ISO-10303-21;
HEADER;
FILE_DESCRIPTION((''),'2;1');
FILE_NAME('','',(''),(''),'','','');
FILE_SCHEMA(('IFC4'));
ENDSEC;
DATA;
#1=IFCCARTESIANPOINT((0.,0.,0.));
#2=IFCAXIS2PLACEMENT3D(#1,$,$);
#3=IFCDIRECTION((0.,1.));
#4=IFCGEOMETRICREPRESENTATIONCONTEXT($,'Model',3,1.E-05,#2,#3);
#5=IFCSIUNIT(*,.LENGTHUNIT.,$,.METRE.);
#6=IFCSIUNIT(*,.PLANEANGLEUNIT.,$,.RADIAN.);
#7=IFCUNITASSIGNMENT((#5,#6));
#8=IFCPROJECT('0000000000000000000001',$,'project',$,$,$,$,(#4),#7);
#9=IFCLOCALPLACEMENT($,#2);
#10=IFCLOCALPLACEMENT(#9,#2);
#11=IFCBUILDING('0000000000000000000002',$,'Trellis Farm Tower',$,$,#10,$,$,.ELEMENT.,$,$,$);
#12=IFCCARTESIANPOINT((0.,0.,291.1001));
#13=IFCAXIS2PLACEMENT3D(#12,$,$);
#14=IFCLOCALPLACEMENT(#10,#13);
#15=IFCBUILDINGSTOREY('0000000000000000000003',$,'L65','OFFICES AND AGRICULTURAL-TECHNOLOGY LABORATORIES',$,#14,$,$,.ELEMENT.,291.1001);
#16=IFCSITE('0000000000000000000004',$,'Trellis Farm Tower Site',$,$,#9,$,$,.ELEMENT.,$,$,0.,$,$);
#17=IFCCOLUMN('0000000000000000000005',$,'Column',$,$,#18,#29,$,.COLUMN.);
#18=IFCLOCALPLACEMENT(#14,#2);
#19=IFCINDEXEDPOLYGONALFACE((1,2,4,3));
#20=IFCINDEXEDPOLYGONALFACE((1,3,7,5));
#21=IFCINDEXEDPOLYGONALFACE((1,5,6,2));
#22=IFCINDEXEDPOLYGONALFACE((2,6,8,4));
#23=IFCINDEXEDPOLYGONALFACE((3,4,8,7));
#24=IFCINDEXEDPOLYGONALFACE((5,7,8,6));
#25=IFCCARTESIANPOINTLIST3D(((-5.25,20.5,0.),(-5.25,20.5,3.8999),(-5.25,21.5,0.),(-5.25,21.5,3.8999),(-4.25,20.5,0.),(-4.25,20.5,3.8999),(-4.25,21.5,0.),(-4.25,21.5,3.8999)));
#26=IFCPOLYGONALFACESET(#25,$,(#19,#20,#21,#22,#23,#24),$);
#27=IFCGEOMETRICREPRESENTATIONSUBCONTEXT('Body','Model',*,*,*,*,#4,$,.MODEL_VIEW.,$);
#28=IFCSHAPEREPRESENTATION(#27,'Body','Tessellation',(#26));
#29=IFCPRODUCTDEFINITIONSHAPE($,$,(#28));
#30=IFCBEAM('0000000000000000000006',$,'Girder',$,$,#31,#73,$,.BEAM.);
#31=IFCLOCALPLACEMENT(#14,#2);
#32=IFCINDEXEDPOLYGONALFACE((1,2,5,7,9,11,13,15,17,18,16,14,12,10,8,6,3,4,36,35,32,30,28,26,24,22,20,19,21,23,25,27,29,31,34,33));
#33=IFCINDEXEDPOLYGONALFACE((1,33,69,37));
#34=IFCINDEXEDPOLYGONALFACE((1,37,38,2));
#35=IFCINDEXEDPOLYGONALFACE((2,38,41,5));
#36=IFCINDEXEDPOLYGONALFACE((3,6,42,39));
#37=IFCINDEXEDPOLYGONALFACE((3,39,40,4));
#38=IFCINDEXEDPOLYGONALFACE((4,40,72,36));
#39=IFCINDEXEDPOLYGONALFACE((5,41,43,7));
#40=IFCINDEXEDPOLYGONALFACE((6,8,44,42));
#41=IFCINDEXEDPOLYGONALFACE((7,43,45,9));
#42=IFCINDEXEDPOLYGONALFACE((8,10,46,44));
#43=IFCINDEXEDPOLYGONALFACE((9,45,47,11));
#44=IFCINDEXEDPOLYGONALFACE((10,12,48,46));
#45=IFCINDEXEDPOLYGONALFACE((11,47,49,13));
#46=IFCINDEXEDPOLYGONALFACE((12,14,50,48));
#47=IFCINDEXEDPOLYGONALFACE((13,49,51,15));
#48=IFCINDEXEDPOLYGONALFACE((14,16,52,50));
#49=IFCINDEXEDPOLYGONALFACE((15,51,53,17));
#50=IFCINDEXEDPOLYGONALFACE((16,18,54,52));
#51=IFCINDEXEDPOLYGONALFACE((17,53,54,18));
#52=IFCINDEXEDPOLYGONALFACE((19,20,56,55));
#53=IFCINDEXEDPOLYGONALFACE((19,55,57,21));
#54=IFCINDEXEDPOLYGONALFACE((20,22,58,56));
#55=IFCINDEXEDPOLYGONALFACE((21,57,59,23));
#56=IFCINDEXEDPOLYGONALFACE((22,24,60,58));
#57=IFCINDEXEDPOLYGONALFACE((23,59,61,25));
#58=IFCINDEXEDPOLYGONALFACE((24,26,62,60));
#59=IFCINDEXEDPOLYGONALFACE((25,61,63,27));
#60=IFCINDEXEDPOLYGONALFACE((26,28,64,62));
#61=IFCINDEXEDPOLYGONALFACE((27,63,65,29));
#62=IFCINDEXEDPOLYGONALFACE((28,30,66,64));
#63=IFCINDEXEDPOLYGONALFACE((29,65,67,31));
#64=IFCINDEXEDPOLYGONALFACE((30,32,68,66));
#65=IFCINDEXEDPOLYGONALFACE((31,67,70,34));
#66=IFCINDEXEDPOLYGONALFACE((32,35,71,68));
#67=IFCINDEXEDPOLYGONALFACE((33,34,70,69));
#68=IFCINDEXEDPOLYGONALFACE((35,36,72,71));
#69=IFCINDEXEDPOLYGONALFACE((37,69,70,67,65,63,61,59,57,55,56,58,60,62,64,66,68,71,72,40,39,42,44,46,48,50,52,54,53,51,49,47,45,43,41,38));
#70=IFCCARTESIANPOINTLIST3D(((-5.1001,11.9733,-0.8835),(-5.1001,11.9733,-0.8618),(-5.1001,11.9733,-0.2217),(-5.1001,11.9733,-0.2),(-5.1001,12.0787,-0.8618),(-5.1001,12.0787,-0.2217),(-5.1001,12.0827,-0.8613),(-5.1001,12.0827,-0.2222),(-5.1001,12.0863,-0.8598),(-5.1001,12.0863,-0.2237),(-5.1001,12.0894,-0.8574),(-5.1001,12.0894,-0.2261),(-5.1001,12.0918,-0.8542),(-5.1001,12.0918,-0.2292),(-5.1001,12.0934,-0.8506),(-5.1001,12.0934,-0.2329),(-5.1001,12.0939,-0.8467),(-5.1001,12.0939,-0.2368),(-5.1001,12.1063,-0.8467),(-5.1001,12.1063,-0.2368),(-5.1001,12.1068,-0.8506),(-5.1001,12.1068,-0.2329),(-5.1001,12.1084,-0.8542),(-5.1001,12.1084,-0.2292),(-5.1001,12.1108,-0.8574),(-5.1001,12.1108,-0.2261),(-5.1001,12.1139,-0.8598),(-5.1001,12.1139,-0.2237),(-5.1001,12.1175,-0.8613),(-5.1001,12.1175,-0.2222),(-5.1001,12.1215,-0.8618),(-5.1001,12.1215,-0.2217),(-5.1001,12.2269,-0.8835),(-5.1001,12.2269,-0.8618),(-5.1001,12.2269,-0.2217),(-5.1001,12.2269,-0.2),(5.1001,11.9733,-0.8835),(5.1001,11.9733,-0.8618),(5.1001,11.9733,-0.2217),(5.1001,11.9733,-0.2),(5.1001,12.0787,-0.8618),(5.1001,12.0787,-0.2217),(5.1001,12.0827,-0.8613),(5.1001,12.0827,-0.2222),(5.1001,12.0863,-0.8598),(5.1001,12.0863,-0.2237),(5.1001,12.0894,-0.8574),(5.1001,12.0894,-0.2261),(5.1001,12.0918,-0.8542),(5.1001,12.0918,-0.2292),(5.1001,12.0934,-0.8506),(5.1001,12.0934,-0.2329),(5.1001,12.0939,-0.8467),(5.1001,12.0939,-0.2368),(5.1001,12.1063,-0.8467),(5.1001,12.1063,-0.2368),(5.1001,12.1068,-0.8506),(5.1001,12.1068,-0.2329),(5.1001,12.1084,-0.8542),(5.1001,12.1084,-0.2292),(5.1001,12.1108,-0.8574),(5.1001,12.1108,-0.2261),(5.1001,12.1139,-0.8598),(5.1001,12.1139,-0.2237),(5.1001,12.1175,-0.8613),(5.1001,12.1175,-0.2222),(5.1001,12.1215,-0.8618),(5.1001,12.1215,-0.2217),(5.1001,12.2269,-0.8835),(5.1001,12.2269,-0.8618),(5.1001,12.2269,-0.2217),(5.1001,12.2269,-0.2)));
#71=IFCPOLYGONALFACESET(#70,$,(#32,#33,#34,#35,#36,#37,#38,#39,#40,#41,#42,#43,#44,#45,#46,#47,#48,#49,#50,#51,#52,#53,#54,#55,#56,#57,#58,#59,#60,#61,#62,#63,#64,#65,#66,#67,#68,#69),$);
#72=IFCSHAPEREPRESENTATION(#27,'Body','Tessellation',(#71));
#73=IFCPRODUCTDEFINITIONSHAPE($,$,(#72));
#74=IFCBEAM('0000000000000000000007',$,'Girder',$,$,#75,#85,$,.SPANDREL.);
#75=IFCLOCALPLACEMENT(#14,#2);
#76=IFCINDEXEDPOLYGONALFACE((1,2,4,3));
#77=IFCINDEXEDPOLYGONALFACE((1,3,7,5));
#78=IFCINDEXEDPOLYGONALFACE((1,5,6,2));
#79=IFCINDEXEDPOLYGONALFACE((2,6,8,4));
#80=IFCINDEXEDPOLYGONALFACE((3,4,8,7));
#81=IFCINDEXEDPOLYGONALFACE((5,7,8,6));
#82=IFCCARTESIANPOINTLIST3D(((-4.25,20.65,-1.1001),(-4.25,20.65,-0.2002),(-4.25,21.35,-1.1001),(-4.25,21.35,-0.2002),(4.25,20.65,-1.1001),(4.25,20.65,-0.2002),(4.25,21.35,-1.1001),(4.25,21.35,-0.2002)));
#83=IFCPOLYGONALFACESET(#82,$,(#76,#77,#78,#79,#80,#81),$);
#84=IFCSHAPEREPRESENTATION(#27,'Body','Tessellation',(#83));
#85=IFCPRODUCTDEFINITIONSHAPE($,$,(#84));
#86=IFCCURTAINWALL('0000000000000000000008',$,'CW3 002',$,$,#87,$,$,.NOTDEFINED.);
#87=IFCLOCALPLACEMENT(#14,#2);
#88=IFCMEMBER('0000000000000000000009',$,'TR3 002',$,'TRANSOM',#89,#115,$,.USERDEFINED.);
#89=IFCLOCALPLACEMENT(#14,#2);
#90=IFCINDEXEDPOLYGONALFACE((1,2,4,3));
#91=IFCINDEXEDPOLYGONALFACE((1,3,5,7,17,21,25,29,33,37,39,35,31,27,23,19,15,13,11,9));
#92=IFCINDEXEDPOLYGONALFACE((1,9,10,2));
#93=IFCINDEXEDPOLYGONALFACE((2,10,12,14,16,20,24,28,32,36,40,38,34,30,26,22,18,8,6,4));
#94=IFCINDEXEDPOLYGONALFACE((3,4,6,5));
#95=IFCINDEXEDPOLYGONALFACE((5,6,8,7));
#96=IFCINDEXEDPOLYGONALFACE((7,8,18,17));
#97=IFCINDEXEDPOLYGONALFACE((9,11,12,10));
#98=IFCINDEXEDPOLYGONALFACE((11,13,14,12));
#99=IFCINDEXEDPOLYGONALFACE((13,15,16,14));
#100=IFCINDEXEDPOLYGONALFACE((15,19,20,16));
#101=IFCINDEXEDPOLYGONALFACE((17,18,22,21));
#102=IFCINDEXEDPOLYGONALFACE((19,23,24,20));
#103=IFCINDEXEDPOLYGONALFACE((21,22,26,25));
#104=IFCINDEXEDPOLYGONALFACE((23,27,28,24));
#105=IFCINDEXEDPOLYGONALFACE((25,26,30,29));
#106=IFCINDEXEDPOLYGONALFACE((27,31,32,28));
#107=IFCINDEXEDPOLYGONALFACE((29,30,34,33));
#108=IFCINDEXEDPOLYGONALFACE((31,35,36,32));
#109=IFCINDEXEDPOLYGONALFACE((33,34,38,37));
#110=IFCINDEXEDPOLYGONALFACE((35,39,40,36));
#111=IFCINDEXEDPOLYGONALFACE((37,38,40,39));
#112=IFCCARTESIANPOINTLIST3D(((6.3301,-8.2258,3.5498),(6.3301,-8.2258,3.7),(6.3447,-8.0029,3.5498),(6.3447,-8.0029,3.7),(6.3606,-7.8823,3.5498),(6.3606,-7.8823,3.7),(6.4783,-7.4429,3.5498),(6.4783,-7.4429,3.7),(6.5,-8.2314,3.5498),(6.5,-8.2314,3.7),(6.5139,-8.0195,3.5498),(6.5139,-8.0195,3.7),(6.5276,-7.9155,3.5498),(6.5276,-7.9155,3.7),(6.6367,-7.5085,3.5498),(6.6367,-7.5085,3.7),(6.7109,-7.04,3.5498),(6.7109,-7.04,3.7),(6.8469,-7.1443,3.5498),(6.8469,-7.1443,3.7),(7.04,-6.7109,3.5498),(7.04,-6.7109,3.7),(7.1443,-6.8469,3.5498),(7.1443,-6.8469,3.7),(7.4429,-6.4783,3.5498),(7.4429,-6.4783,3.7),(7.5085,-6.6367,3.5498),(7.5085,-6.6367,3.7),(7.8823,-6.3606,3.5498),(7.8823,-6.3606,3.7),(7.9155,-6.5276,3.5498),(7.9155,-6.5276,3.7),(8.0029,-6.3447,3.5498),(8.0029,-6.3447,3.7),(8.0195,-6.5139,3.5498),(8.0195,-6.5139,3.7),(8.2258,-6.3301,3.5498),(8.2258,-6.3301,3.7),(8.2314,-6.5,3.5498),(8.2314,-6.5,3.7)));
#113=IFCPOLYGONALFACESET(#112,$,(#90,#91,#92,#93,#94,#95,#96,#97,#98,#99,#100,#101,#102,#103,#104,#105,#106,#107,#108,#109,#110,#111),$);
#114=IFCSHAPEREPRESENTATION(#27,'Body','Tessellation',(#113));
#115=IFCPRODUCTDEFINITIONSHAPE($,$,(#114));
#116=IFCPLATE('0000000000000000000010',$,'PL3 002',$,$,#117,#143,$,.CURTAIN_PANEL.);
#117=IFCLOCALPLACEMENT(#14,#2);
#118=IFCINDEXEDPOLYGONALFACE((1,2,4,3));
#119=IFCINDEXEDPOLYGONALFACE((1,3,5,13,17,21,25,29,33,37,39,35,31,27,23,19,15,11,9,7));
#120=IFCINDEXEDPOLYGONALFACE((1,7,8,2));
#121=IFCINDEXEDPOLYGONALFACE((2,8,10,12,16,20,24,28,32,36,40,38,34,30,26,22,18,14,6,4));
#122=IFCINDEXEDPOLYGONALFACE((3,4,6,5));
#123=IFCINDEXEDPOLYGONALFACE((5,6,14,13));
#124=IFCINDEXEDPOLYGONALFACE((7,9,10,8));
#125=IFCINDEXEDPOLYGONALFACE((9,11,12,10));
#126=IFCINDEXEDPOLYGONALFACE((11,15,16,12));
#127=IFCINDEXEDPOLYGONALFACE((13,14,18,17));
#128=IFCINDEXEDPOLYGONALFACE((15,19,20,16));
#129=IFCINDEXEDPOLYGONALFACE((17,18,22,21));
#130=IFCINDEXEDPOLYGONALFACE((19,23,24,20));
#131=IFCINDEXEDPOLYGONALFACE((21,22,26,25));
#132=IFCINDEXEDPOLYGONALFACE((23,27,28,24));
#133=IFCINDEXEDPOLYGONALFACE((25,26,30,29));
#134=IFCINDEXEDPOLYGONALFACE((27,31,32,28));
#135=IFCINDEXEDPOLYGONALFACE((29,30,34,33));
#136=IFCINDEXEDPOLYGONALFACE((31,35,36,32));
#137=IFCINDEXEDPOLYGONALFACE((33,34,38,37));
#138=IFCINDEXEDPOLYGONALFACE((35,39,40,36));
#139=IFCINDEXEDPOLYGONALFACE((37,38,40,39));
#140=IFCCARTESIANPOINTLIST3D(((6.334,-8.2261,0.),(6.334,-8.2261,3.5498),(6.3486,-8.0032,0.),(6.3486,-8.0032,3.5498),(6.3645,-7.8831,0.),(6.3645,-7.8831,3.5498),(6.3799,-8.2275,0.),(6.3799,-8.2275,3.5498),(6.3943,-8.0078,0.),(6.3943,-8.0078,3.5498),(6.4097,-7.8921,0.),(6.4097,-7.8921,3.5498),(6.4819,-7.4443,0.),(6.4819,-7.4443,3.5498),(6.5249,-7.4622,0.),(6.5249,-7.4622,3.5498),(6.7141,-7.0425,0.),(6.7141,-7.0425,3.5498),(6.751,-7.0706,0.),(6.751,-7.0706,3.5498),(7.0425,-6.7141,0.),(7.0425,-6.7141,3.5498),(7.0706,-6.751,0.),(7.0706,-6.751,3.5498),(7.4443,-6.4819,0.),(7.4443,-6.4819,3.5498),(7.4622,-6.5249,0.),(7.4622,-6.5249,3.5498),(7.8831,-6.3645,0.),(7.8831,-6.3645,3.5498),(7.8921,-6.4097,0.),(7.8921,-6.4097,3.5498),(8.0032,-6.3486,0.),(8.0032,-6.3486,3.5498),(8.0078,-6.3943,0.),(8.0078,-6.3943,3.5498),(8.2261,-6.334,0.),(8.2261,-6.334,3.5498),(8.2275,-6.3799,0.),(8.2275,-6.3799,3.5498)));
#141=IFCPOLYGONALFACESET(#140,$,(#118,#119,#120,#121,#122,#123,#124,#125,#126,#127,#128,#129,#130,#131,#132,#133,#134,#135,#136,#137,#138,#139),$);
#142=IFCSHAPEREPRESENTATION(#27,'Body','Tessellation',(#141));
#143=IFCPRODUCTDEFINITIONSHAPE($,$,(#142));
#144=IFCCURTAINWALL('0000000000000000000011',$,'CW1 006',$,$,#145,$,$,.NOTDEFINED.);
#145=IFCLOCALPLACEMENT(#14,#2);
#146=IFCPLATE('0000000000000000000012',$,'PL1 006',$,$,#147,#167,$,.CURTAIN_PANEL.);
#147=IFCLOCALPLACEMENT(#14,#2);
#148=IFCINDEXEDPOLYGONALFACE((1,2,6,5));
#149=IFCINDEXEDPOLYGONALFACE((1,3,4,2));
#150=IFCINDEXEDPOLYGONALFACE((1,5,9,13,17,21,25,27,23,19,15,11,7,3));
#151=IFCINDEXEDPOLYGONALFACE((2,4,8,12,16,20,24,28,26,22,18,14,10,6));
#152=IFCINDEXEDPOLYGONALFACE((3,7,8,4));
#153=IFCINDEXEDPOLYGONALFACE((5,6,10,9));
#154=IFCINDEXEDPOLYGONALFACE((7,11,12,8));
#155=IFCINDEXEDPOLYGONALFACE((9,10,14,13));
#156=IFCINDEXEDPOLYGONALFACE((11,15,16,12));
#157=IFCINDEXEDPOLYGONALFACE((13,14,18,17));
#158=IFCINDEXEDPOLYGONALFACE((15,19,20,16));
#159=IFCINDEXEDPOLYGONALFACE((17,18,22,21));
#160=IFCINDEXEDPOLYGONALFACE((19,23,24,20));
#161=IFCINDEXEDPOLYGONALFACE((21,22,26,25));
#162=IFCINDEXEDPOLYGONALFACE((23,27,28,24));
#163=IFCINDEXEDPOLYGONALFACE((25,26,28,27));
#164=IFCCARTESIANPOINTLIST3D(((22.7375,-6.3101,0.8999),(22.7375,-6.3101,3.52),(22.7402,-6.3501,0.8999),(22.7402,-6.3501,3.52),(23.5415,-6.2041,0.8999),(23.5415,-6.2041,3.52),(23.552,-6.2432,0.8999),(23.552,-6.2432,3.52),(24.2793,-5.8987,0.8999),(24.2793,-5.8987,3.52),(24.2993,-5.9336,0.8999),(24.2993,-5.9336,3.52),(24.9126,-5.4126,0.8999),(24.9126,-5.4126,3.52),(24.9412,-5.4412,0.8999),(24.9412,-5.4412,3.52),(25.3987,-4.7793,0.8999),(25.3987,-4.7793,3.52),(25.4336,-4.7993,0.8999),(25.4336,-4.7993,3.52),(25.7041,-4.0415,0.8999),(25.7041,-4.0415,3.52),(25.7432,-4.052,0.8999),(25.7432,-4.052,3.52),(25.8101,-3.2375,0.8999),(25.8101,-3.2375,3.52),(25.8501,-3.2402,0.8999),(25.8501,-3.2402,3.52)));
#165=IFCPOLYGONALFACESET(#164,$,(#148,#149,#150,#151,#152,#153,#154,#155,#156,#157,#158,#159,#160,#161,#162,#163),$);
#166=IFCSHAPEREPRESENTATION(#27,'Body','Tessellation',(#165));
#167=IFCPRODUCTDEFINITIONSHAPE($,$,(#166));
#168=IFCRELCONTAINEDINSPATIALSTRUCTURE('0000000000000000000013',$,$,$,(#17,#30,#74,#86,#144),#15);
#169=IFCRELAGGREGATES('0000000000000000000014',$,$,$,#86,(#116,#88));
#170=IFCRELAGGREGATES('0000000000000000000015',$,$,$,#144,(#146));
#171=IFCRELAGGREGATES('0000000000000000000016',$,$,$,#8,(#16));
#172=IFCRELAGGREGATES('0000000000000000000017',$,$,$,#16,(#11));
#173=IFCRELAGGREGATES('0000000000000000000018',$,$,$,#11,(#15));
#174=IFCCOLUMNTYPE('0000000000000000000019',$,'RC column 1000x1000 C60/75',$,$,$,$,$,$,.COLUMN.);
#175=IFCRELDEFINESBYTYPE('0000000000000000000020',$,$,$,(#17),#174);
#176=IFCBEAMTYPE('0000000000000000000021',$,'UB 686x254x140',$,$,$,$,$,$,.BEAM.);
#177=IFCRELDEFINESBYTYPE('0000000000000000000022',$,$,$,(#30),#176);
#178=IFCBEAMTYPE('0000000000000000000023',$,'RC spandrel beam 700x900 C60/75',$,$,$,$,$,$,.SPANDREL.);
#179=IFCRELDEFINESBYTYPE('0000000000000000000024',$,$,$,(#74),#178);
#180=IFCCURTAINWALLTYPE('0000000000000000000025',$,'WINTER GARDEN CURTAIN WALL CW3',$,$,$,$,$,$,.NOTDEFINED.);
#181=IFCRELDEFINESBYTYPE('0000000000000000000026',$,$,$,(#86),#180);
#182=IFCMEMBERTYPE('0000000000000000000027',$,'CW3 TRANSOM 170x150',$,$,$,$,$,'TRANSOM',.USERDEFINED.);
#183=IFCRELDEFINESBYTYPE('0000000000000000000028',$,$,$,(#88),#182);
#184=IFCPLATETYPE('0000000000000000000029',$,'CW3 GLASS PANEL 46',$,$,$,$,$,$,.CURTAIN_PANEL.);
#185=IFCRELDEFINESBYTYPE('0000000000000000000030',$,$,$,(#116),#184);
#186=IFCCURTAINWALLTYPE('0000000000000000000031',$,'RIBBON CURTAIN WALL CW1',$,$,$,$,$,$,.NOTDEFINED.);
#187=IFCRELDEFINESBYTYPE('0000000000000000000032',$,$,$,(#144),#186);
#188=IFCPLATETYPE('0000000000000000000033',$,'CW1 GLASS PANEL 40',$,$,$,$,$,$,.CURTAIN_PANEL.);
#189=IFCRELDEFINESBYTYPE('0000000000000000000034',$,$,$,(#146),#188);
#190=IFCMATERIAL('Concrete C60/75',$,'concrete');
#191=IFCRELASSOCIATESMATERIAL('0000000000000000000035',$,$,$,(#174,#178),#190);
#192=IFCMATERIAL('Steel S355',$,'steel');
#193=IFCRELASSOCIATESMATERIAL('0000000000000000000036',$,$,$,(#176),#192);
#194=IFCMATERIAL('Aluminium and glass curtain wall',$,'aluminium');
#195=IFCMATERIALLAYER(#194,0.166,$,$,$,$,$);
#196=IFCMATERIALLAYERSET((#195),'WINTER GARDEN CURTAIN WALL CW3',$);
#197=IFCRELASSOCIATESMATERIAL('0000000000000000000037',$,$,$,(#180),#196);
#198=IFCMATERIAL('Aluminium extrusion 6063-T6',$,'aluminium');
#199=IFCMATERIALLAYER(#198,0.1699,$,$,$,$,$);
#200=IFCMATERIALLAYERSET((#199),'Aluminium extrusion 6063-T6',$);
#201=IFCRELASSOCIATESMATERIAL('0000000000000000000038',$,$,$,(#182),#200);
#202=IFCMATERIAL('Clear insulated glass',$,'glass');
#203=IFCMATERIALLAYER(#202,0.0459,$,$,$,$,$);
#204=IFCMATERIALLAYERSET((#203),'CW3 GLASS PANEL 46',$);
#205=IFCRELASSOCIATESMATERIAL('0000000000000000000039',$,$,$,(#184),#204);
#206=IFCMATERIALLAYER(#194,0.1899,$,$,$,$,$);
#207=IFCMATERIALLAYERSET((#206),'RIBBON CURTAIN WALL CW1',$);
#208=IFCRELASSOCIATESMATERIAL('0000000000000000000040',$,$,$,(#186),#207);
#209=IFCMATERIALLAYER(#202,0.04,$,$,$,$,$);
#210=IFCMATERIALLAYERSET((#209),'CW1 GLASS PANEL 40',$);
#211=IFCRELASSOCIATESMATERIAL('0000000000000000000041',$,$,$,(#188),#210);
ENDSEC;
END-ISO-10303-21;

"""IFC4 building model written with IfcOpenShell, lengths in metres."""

from ifc_helpers import new_model, si_unit, direction, frame, origin, origin_2d, place, context, subcontext, project, spatial, polyline, rectangle, i_section, outline, extrude, source, transform, mapped, material, layer, layer_set, material_profile, profile_set, type_object, element, aggregate, save


model = new_model("IFC4")

# Units and contexts
model_context = context("Model", 3, precision=1e-05, world=origin(), true_north=direction((0.0, 1.0)))
body_context = subcontext(model_context, "Body", "Model", "MODEL_VIEW")
ifc_project = project(units=[si_unit("LENGTHUNIT", "METRE"), si_unit("PLANEANGLEUNIT", "RADIAN")], contexts=[model_context])

# Site, building, storey
site_placement = place(None, origin())
site = spatial("IfcSite", under=ifc_project, at=site_placement, Name="Trellis Farm Tower Site", CompositionType="ELEMENT", RefElevation=0.0)
building_placement = place(site_placement, origin())
building = spatial("IfcBuilding", under=site, at=building_placement, Name="Trellis Farm Tower", CompositionType="ELEMENT")
storey_placement = place(building_placement, frame((0.0, 0.0, 291.1001)))
storey = spatial("IfcBuildingStorey", under=building, at=storey_placement, Name="L65", Description="OFFICES AND AGRICULTURAL-TECHNOLOGY LABORATORIES", CompositionType="ELEMENT", Elevation=291.1001)

# Column
ifc_material_1 = material(Name="Concrete C60/75", Category="concrete")
ifc_material_profile_1 = material_profile(ifc_material_1, rectangle(XDim=1.0, YDim=1.0, at=origin_2d()), Name="RC column 1000x1000 C60/75")
ifc_profile_set_1 = profile_set([ifc_material_profile_1], Name="Concrete C60/75")
column_type = type_object("IfcColumnType", Name="RC column 1000x1000 C60/75", PredefinedType="COLUMN", material=ifc_profile_set_1)
shared_shape_1 = source(origin(), body_context, "Body", "SweptSolid", [
    extrude(rectangle(XDim=1.0, YDim=1.0, at=origin_2d()), origin(), (0.0, 0.0, 1.0), 3.8999),
])
column_placement = place(storey_placement, frame((-4.75, 21.0, 0.0), z_axis=(0.0, 0.0, 1.0), x_axis=(1.0, 0.0, 0.0)))
element("IfcColumn", 1, at=column_placement, inside=storey, type_object=column_type, Name="Column", PredefinedType="COLUMN", context=body_context, shape_type="MappedRepresentation", body=[
    mapped(shared_shape_1, transform((0.0, 0.0, 0.0))),
])

# Beams
ifc_material_2 = material(Name="Steel S355", Category="steel")
ifc_material_profile_2 = material_profile(ifc_material_2, i_section(OverallWidth=0.2537, OverallDepth=0.6836, WebThickness=0.0125, FlangeThickness=0.0217, FilletRadius=0.0151, at=origin_2d()), Name="UB 686x254x140")
ifc_profile_set_2 = profile_set([ifc_material_profile_2], Name="Steel S355")
beam_type_1 = type_object("IfcBeamType", Name="UB 686x254x140", PredefinedType="BEAM", material=ifc_profile_set_2)
shared_shape_2 = source(origin(), body_context, "Body", "SweptSolid", [
    extrude(i_section(OverallWidth=0.2537, OverallDepth=0.6836, WebThickness=0.0125, FlangeThickness=0.0217, FilletRadius=0.0151, at=origin_2d()), origin(), (0.0, 0.0, 1.0), 10.2002),
])
beam_1_placement = place(storey_placement, frame((-5.1001, 12.1001, -0.5417), z_axis=(1.0, 0.0, 0.0), x_axis=(0.0, 1.0, 0.0)))
element("IfcBeam", 2, at=beam_1_placement, inside=storey, type_object=beam_type_1, Name="Girder", PredefinedType="BEAM", context=body_context, shape_type="MappedRepresentation", body=[
    mapped(shared_shape_2, transform((0.0, 0.0, 0.0))),
])
ifc_material_profile_3 = material_profile(ifc_material_1, rectangle(XDim=0.7, YDim=0.8999, at=origin_2d()), Name="RC spandrel beam 700x900 C60/75")
ifc_profile_set_3 = profile_set([ifc_material_profile_3], Name="Concrete C60/75")
beam_type_2 = type_object("IfcBeamType", Name="RC spandrel beam 700x900 C60/75", PredefinedType="SPANDREL", material=ifc_profile_set_3)
shared_shape_3 = source(origin(), body_context, "Body", "SweptSolid", [
    extrude(rectangle(XDim=0.7, YDim=0.8999, at=origin_2d()), origin(), (0.0, 0.0, 1.0), 8.5),
])
beam_2_placement = place(storey_placement, frame((-4.25, 21.0, -0.6501), z_axis=(1.0, 0.0, 0.0), x_axis=(0.0, 1.0, 0.0)))
element("IfcBeam", 3, at=beam_2_placement, inside=storey, type_object=beam_type_2, Name="Girder", PredefinedType="SPANDREL", context=body_context, shape_type="MappedRepresentation", body=[
    mapped(shared_shape_3, transform((0.0, 0.0, 0.0))),
])

# Curtain wall, member, plate
ifc_material_3 = material(Name="Aluminium and glass curtain wall", Category="aluminium")
ifc_layer_1 = layer(ifc_material_3, 0.166)
ifc_layer_set_1 = layer_set([ifc_layer_1], Name="WINTER GARDEN CURTAIN WALL CW3")
curtain_wall_type_1 = type_object("IfcCurtainWallType", Name="WINTER GARDEN CURTAIN WALL CW3", PredefinedType="NOTDEFINED", material=ifc_layer_set_1)
placement = place(storey_placement, origin())
curtain_wall_1 = element("IfcCurtainWall", 4, at=placement, inside=storey, type_object=curtain_wall_type_1, Name="CW3 002", PredefinedType="NOTDEFINED")
ifc_material_4 = material(Name="Aluminium extrusion 6063-T6", Category="aluminium")
ifc_layer_2 = layer(ifc_material_4, 0.1699)
ifc_layer_set_2 = layer_set([ifc_layer_2], Name="Aluminium extrusion 6063-T6")
member_type = type_object("IfcMemberType", Name="CW3 TRANSOM 170x150", ElementType="TRANSOM", PredefinedType="USERDEFINED", material=ifc_layer_set_2)
shared_shape_4 = source(origin(), body_context, "Body", "SweptSolid", [
    extrude(outline(polyline([(6.5, -8.2314), (6.5139, -8.0195), (6.5276, -7.9155), (6.6367, -7.5085), (6.8469, -7.1443), (7.1443, -6.8469), (7.5085, -6.6367), (7.9155, -6.5276), (8.0195, -6.5139), (8.2314, -6.5), (8.2258, -6.3301), (8.0029, -6.3447), (7.8823, -6.3606), (7.4429, -6.4783), (7.04, -6.7109), (6.7109, -7.04), (6.4783, -7.4429), (6.3606, -7.8823), (6.3447, -8.0029), (6.3301, -8.2258), (6.5, -8.2314)])), origin(), (0.0, 0.0, 1.0), 0.1501),
])
member_placement = place(storey_placement, frame((0.0, 0.0, 3.5498)))
member = element("IfcMember", 5, at=member_placement, type_object=member_type, Name="TR3 002", ObjectType="TRANSOM", PredefinedType="USERDEFINED", context=body_context, shape_type="MappedRepresentation", body=[
    mapped(shared_shape_4, transform((0.0, 0.0, 0.0))),
])
ifc_material_5 = material(Name="Clear insulated glass", Category="glass")
ifc_layer_3 = layer(ifc_material_5, 0.0459)
ifc_layer_set_3 = layer_set([ifc_layer_3], Name="CW3 GLASS PANEL 46")
plate_type_1 = type_object("IfcPlateType", Name="CW3 GLASS PANEL 46", PredefinedType="CURTAIN_PANEL", material=ifc_layer_set_3)
shared_shape_5 = source(origin(), body_context, "Body", "SweptSolid", [
    extrude(outline(polyline([(6.3799, -8.2275), (6.3943, -8.0078), (6.4097, -7.8921), (6.5249, -7.4622), (6.751, -7.0706), (7.0706, -6.751), (7.4622, -6.5249), (7.8921, -6.4097), (8.0078, -6.3943), (8.2275, -6.3799), (8.2261, -6.334), (8.0032, -6.3486), (7.8831, -6.3645), (7.4443, -6.4819), (7.0425, -6.7141), (6.7141, -7.0425), (6.4819, -7.4443), (6.3645, -7.8831), (6.3486, -8.0032), (6.334, -8.2261), (6.3799, -8.2275)])), origin(), (0.0, 0.0, 1.0), 3.5498),
])
plate_1 = element("IfcPlate", 6, at=placement, type_object=plate_type_1, Name="PL3 002", PredefinedType="CURTAIN_PANEL", context=body_context, shape_type="MappedRepresentation", body=[
    mapped(shared_shape_5, transform((0.0, 0.0, 0.0))),
])
aggregate(curtain_wall_1, [plate_1, member])

# Curtain wall, plate
ifc_layer_4 = layer(ifc_material_3, 0.1899)
ifc_layer_set_4 = layer_set([ifc_layer_4], Name="RIBBON CURTAIN WALL CW1")
curtain_wall_type_2 = type_object("IfcCurtainWallType", Name="RIBBON CURTAIN WALL CW1", PredefinedType="NOTDEFINED", material=ifc_layer_set_4)
curtain_wall_2 = element("IfcCurtainWall", 7, at=placement, inside=storey, type_object=curtain_wall_type_2, Name="CW1 006", PredefinedType="NOTDEFINED")
ifc_layer_5 = layer(ifc_material_5, 0.04)
ifc_layer_set_5 = layer_set([ifc_layer_5], Name="CW1 GLASS PANEL 40")
plate_type_2 = type_object("IfcPlateType", Name="CW1 GLASS PANEL 40", PredefinedType="CURTAIN_PANEL", material=ifc_layer_set_5)
shared_shape_6 = source(origin(), body_context, "Body", "SweptSolid", [
    extrude(outline(polyline([(22.7402, -6.3501), (23.552, -6.2432), (24.2993, -5.9336), (24.9412, -5.4412), (25.4336, -4.7993), (25.7432, -4.052), (25.8501, -3.2402), (25.8101, -3.2375), (25.7041, -4.0415), (25.3987, -4.7793), (24.9126, -5.4126), (24.2793, -5.8987), (23.5415, -6.2041), (22.7375, -6.3101), (22.7402, -6.3501)])), origin(), (0.0, 0.0, 1.0), 2.6201),
])
plate_2_placement = place(storey_placement, frame((0.0, 0.0, 0.8999)))
plate_2 = element("IfcPlate", 8, at=plate_2_placement, type_object=plate_type_2, Name="PL1 006", PredefinedType="CURTAIN_PANEL", context=body_context, shape_type="MappedRepresentation", body=[
    mapped(shared_shape_6, transform((0.0, 0.0, 0.0))),
])
aggregate(curtain_wall_2, [plate_2])

save(model, "model.ifc")
